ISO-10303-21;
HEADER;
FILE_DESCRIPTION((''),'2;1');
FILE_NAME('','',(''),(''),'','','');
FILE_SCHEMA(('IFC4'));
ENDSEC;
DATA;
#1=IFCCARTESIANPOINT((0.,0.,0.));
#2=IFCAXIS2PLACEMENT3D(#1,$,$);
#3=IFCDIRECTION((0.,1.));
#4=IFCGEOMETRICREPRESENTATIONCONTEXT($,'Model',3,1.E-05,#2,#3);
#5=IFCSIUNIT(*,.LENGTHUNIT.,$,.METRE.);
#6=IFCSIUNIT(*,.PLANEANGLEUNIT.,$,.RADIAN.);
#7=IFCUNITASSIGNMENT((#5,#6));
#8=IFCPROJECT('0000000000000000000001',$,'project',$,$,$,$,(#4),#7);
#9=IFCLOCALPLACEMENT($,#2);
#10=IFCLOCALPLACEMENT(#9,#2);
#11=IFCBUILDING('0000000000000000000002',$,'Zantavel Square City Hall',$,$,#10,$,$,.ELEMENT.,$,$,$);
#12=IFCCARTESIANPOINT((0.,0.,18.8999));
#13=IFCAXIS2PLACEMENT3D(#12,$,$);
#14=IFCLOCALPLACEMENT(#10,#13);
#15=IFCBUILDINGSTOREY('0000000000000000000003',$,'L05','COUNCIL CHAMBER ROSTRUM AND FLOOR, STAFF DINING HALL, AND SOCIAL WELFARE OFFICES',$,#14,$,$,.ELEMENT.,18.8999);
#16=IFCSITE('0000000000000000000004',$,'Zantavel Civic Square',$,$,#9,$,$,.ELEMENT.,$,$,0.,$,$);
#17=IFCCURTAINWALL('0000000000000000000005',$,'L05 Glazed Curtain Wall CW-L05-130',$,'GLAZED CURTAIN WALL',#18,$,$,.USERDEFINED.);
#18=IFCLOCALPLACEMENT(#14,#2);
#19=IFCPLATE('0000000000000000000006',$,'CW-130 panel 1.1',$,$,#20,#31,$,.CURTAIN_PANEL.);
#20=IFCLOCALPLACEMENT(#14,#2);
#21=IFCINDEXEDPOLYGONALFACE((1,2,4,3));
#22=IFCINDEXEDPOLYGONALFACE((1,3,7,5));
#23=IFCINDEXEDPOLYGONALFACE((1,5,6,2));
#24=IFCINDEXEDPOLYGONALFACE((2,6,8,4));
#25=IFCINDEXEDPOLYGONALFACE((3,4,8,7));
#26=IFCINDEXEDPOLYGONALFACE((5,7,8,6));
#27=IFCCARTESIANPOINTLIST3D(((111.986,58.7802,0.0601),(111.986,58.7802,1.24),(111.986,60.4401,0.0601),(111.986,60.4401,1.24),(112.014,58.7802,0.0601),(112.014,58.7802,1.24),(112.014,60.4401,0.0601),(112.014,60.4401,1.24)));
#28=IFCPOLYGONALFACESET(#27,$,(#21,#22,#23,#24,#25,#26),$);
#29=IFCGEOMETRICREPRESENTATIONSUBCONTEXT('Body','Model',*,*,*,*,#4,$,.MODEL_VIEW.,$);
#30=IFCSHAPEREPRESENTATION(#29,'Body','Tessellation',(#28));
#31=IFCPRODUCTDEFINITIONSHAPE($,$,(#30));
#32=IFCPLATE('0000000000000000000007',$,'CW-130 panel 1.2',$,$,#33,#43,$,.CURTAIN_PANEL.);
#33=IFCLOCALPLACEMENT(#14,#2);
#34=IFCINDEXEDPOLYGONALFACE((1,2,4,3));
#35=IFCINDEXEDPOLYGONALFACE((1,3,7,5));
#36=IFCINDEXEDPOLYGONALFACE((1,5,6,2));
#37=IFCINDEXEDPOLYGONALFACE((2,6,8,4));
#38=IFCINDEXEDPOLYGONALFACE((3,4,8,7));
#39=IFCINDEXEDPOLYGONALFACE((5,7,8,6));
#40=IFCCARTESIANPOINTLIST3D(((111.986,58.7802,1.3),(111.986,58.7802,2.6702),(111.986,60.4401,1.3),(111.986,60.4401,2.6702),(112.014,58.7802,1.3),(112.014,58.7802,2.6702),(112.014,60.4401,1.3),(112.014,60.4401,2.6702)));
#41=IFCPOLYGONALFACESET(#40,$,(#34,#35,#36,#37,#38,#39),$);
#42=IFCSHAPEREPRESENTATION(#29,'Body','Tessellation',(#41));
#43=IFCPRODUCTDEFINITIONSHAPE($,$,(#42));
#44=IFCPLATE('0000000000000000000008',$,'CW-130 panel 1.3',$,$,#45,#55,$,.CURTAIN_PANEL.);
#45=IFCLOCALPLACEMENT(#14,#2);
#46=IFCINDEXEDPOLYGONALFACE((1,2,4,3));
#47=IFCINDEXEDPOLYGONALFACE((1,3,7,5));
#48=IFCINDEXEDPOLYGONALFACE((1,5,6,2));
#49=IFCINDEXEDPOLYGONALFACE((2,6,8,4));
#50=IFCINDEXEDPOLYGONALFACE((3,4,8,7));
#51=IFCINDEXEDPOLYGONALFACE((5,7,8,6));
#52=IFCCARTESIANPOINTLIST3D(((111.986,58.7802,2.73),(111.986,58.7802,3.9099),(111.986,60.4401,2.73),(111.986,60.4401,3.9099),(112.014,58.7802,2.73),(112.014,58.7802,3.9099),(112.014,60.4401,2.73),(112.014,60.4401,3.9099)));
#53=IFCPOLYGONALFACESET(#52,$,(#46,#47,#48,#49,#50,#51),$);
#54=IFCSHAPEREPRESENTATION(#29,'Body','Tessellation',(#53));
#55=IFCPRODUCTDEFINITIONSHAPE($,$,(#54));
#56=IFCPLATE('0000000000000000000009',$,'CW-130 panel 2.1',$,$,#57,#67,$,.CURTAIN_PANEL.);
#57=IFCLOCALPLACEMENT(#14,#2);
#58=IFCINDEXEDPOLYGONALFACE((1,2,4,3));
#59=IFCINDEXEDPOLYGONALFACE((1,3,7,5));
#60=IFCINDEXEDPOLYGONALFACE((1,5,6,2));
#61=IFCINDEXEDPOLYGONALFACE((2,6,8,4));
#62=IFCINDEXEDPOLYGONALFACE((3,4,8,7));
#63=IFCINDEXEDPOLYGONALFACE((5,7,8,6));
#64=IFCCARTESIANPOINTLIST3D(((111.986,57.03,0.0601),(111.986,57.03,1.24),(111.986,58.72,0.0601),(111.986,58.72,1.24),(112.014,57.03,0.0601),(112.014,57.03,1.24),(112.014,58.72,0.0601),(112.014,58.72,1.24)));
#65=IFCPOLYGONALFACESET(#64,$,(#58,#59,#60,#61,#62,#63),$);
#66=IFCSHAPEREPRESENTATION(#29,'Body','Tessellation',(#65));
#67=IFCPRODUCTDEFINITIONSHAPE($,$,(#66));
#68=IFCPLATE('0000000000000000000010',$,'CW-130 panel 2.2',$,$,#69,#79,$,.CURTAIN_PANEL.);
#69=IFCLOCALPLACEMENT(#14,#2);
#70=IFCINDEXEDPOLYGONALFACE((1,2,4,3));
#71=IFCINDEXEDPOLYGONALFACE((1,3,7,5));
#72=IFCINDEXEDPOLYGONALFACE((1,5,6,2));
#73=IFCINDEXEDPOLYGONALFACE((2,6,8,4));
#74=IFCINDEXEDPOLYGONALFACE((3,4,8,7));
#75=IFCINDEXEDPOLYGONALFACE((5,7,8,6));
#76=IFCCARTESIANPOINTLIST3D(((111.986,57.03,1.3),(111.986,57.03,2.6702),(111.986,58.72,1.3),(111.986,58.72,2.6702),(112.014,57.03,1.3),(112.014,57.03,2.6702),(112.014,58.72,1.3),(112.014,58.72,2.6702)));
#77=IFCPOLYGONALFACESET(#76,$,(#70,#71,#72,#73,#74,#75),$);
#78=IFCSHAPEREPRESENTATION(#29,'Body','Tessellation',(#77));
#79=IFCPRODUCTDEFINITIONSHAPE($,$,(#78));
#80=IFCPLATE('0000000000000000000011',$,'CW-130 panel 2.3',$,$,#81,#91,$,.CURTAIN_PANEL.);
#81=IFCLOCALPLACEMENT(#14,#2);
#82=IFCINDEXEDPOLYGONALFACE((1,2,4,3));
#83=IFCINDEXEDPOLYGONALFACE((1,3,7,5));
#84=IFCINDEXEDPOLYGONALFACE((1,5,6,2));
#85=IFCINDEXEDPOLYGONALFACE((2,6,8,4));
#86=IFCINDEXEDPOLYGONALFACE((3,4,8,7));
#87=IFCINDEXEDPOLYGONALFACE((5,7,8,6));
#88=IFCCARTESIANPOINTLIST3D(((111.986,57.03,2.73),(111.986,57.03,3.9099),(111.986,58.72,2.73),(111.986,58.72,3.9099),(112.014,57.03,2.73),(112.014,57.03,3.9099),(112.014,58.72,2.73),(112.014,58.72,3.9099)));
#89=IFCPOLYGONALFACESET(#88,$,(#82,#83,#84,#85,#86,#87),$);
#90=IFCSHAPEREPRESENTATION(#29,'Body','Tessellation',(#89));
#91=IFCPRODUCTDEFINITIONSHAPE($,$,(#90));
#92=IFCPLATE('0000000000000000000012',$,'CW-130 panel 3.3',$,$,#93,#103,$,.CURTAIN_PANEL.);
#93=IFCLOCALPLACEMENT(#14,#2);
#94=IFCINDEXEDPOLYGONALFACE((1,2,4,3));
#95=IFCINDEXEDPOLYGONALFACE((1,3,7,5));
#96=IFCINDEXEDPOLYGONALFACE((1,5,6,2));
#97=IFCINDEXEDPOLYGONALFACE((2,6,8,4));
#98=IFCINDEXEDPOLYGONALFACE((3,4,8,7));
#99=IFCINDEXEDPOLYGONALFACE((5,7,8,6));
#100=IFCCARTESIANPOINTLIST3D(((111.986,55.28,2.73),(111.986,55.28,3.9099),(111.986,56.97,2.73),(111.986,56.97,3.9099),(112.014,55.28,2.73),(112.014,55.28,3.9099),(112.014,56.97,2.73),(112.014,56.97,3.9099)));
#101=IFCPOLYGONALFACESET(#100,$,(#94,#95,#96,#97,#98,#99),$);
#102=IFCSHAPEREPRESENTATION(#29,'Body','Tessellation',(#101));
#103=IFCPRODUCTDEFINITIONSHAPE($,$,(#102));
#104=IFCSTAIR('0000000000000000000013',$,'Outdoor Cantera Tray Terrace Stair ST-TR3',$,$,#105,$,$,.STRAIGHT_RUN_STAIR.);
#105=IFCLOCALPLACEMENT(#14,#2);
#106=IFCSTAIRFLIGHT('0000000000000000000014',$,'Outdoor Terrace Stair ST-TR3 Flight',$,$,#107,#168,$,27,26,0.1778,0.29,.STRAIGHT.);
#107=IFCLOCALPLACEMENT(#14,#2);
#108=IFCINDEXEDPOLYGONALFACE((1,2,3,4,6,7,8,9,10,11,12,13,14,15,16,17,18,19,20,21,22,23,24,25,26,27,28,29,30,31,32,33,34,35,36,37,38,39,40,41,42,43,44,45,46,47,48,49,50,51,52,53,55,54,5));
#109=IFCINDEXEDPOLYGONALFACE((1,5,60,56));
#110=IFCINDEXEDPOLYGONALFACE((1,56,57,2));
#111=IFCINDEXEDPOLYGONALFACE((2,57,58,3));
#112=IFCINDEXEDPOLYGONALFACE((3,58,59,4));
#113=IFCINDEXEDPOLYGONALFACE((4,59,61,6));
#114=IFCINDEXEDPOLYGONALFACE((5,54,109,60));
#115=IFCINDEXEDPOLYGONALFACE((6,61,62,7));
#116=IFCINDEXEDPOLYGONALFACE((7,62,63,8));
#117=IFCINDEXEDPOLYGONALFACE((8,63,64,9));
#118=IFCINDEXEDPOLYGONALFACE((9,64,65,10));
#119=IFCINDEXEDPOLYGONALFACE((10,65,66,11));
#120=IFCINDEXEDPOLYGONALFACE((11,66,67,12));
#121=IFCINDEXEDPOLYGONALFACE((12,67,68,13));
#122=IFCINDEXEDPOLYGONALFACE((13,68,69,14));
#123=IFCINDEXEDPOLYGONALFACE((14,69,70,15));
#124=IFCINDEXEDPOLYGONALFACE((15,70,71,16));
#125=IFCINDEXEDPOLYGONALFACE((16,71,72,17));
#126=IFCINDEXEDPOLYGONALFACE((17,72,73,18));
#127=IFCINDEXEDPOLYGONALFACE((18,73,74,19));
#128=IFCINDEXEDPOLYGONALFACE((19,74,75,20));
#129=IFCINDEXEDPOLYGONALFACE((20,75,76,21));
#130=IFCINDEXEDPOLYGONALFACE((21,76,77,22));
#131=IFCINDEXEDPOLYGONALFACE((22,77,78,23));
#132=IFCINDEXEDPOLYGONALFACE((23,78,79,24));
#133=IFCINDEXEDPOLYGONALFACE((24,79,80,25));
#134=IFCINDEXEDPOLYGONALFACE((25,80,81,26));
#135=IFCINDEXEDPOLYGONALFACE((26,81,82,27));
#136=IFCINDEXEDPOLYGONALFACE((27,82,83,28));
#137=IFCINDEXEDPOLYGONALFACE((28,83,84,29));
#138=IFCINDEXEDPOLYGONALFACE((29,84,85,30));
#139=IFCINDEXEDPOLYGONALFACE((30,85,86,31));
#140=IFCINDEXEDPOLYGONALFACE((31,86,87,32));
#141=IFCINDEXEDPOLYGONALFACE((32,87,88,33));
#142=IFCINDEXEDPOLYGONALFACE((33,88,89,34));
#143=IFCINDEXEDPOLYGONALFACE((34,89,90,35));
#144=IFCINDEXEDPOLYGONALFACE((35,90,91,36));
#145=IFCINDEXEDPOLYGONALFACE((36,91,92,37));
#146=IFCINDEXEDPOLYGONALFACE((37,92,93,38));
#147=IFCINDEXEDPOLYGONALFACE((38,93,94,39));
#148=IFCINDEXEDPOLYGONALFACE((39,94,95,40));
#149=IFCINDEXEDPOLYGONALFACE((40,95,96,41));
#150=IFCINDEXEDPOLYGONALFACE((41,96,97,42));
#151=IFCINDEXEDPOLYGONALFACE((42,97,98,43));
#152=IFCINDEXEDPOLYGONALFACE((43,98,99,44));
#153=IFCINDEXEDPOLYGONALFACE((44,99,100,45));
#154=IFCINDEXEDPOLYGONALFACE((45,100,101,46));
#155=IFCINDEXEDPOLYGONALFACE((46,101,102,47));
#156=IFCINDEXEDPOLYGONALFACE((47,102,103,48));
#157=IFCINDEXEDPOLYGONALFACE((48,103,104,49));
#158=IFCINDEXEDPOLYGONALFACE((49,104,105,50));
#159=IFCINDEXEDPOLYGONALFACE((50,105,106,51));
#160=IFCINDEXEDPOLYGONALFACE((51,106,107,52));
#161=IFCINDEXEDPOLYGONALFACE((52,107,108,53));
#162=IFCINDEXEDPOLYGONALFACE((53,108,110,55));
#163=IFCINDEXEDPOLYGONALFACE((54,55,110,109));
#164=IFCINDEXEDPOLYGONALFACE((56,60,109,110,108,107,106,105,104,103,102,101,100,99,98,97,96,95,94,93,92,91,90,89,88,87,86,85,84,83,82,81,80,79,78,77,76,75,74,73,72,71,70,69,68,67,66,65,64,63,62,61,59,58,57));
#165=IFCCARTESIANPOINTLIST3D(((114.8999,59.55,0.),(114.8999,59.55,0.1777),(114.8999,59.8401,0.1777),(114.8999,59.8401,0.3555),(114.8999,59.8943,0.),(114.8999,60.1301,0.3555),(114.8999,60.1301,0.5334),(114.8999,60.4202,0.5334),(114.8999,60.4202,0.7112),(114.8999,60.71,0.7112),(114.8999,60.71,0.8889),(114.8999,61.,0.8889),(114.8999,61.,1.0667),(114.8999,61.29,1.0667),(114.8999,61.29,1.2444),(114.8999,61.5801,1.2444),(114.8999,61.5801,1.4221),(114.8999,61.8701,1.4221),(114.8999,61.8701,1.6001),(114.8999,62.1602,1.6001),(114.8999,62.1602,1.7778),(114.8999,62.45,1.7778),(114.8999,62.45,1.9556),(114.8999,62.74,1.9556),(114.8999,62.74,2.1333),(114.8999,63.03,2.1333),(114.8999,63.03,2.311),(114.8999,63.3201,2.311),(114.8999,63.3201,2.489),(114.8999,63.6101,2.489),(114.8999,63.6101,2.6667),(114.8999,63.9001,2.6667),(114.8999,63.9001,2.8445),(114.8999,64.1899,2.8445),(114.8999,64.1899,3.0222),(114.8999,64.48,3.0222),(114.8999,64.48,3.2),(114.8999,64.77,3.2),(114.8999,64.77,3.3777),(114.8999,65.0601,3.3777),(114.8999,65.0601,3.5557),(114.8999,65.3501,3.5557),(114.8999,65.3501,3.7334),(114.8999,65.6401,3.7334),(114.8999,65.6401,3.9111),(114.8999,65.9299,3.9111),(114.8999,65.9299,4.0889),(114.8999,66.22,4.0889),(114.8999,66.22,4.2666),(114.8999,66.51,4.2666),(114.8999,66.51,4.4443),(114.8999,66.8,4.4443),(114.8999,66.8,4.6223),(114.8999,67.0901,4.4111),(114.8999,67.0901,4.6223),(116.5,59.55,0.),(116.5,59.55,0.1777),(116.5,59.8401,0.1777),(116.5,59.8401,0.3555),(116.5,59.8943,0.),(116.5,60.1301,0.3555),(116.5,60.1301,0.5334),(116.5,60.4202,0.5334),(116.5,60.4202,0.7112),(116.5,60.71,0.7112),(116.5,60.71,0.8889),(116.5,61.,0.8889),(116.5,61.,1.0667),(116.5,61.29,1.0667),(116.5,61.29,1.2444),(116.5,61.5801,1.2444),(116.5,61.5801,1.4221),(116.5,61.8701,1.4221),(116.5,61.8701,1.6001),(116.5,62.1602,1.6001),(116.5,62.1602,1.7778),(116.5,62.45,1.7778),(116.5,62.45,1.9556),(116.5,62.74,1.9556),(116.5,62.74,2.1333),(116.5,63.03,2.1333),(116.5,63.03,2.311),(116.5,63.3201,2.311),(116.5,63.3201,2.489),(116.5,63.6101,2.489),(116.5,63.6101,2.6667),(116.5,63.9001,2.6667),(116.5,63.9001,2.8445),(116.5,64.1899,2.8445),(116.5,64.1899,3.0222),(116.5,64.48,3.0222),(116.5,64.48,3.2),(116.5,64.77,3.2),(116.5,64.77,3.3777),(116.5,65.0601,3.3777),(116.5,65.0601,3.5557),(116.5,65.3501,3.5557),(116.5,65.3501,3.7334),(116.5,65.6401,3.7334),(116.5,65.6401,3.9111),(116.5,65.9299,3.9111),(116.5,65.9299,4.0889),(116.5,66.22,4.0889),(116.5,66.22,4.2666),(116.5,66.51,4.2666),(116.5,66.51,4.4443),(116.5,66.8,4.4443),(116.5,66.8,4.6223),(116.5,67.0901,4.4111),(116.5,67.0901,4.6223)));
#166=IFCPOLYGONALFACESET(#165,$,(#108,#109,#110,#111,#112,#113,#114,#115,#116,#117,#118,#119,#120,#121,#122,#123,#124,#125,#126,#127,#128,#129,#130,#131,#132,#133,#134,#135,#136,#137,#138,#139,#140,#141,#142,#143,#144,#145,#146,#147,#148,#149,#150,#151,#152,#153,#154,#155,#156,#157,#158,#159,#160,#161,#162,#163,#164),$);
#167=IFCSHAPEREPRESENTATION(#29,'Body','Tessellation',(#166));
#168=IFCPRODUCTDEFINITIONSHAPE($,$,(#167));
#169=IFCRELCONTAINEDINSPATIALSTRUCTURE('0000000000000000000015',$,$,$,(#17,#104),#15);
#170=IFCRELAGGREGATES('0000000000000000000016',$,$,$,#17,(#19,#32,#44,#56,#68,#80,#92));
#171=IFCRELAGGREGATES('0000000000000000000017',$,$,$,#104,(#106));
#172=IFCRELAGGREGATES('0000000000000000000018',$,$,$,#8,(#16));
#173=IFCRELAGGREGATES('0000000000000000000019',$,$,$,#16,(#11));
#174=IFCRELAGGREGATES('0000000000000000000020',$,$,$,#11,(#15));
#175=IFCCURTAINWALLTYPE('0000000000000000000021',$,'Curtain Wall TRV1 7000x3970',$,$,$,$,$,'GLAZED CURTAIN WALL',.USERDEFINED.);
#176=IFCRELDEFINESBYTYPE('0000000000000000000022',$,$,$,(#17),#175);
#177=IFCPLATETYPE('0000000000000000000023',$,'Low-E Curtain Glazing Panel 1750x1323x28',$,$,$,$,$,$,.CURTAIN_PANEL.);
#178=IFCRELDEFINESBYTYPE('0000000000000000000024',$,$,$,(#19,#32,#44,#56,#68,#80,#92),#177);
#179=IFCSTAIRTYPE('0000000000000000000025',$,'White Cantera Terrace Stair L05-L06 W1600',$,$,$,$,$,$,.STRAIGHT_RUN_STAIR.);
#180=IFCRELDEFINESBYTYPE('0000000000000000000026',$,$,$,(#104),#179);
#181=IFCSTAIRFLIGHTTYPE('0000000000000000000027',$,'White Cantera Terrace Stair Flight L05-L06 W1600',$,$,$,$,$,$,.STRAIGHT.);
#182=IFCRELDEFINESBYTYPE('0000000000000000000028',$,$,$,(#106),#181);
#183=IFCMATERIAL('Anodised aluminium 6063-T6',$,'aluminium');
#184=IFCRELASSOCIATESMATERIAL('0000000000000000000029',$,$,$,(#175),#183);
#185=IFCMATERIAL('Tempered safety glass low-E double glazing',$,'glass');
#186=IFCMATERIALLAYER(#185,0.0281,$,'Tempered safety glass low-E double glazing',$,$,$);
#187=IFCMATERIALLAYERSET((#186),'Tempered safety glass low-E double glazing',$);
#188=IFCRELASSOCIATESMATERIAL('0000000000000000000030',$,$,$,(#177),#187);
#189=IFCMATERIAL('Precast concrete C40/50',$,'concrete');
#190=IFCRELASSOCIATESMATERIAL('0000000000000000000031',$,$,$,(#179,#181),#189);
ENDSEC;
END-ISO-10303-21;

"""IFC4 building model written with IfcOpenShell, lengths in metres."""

from ifc_helpers import new_model, si_unit, direction, frame, origin, origin_2d, place, context, subcontext, project, spatial, polyline, rectangle, outline, extrude, material, layer, layer_set, type_object, element, aggregate, save


model = new_model("IFC4")

# Units and contexts
model_context = context("Model", 3, precision=1e-05, world=origin(), true_north=direction((0.0, 1.0)))
body_context = subcontext(model_context, "Body", "Model", "MODEL_VIEW")
ifc_project = project(units=[si_unit("LENGTHUNIT", "METRE"), si_unit("PLANEANGLEUNIT", "RADIAN")], contexts=[model_context])

# Site, building, storey
site_placement = place(None, origin())
site = spatial("IfcSite", under=ifc_project, at=site_placement, Name="Zantavel Civic Square", CompositionType="ELEMENT", RefElevation=0.0)
building_placement = place(site_placement, origin())
building = spatial("IfcBuilding", under=site, at=building_placement, Name="Zantavel Square City Hall", CompositionType="ELEMENT")
storey_placement = place(building_placement, frame((0.0, 0.0, 18.8999)))
storey = spatial("IfcBuildingStorey", under=building, at=storey_placement, Name="L05", Description="COUNCIL CHAMBER ROSTRUM AND FLOOR, STAFF DINING HALL, AND SOCIAL WELFARE OFFICES", CompositionType="ELEMENT", Elevation=18.8999)

# Shared definitions
ifc_material_1 = material(Name="Anodised aluminium 6063-T6", Category="aluminium")
curtain_wall_type = type_object("IfcCurtainWallType", Name="Curtain Wall TRV1 7000x3970", ElementType="GLAZED CURTAIN WALL", PredefinedType="USERDEFINED", material=ifc_material_1)

# Curtain wall
curtain_wall_1_placement = place(storey_placement, origin())
curtain_wall_1 = element("IfcCurtainWall", 1, at=curtain_wall_1_placement, inside=storey, type_object=curtain_wall_type, Name="L05 Glazed Curtain Wall CW-L05-130", ObjectType="GLAZED CURTAIN WALL", PredefinedType="USERDEFINED")

# Plates
ifc_material_2 = material(Name="Tempered safety glass low-E double glazing", Category="glass")
ifc_layer = layer(ifc_material_2, 0.0281, Name="Tempered safety glass low-E double glazing")
ifc_layer_set = layer_set([ifc_layer], Name="Tempered safety glass low-E double glazing")
plate_type = type_object("IfcPlateType", Name="Low-E Curtain Glazing Panel 1750x1323x28", PredefinedType="CURTAIN_PANEL", material=ifc_layer_set)
plate_1_placement = place(storey_placement, frame((112.0, 59.6101, 0.0601), z_axis=(0.0, 0.0, 1.0), x_axis=(0.0, -1.0, 0.0)))
plate_1 = element("IfcPlate", 2, at=plate_1_placement, type_object=plate_type, Name="CW-130 panel 1.1", PredefinedType="CURTAIN_PANEL", context=body_context, shape_type="SweptSolid", body=[
    extrude(rectangle(XDim=1.6599, YDim=0.0281, at=origin_2d()), origin(), (0.0, 0.0, 1.0), 1.1799),
])
plate_2_placement = place(storey_placement, frame((112.0, 59.6101, 1.3), z_axis=(0.0, 0.0, 1.0), x_axis=(0.0, -1.0, 0.0)))
plate_2 = element("IfcPlate", 3, at=plate_2_placement, type_object=plate_type, Name="CW-130 panel 1.2", PredefinedType="CURTAIN_PANEL", context=body_context, shape_type="SweptSolid", body=[
    extrude(rectangle(XDim=1.6599, YDim=0.0281, at=origin_2d()), origin(), (0.0, 0.0, 1.0), 1.3701),
])
plate_3_placement = place(storey_placement, frame((112.0, 59.6101, 2.73), z_axis=(0.0, 0.0, 1.0), x_axis=(0.0, -1.0, 0.0)))
plate_3 = element("IfcPlate", 4, at=plate_3_placement, type_object=plate_type, Name="CW-130 panel 1.3", PredefinedType="CURTAIN_PANEL", context=body_context, shape_type="SweptSolid", body=[
    extrude(rectangle(XDim=1.6599, YDim=0.0281, at=origin_2d()), origin(), (0.0, 0.0, 1.0), 1.1799),
])
plate_4_placement = place(storey_placement, frame((112.0, 57.875, 0.0601), z_axis=(0.0, 0.0, 1.0), x_axis=(0.0, -1.0, 0.0)))
plate_4 = element("IfcPlate", 5, at=plate_4_placement, type_object=plate_type, Name="CW-130 panel 2.1", PredefinedType="CURTAIN_PANEL", context=body_context, shape_type="SweptSolid", body=[
    extrude(rectangle(XDim=1.6899, YDim=0.0281, at=origin_2d()), origin(), (0.0, 0.0, 1.0), 1.1799),
])
plate_5_placement = place(storey_placement, frame((112.0, 57.875, 1.3), z_axis=(0.0, 0.0, 1.0), x_axis=(0.0, -1.0, 0.0)))
plate_5 = element("IfcPlate", 6, at=plate_5_placement, type_object=plate_type, Name="CW-130 panel 2.2", PredefinedType="CURTAIN_PANEL", context=body_context, shape_type="SweptSolid", body=[
    extrude(rectangle(XDim=1.6899, YDim=0.0281, at=origin_2d()), origin(), (0.0, 0.0, 1.0), 1.3701),
])
plate_6_placement = place(storey_placement, frame((112.0, 57.875, 2.73), z_axis=(0.0, 0.0, 1.0), x_axis=(0.0, -1.0, 0.0)))
plate_6 = element("IfcPlate", 7, at=plate_6_placement, type_object=plate_type, Name="CW-130 panel 2.3", PredefinedType="CURTAIN_PANEL", context=body_context, shape_type="SweptSolid", body=[
    extrude(rectangle(XDim=1.6899, YDim=0.0281, at=origin_2d()), origin(), (0.0, 0.0, 1.0), 1.1799),
])
plate_7_placement = place(storey_placement, frame((112.0, 56.125, 2.73), z_axis=(0.0, 0.0, 1.0), x_axis=(0.0, -1.0, 0.0)))
plate_7 = element("IfcPlate", 8, at=plate_7_placement, type_object=plate_type, Name="CW-130 panel 3.3", PredefinedType="CURTAIN_PANEL", context=body_context, shape_type="SweptSolid", body=[
    extrude(rectangle(XDim=1.6899, YDim=0.0281, at=origin_2d()), origin(), (0.0, 0.0, 1.0), 1.1799),
])
aggregate(curtain_wall_1, [plate_1, plate_2, plate_3, plate_4, plate_5, plate_6, plate_7])

# Stair, stair flight
ifc_material_3 = material(Name="Precast concrete C40/50", Category="concrete")
stair_type = type_object("IfcStairType", Name="White Cantera Terrace Stair L05-L06 W1600", PredefinedType="STRAIGHT_RUN_STAIR", material=ifc_material_3)
stair_placement = place(storey_placement, origin())
stair = element("IfcStair", 9, at=stair_placement, inside=storey, type_object=stair_type, Name="Outdoor Cantera Tray Terrace Stair ST-TR3", PredefinedType="STRAIGHT_RUN_STAIR")
stair_flight_type = type_object("IfcStairFlightType", Name="White Cantera Terrace Stair Flight L05-L06 W1600", PredefinedType="STRAIGHT", material=ifc_material_3)
stair_flight_placement = place(storey_placement, frame((115.7, 59.55, 0.0), z_axis=(0.0, 0.0, 1.0), x_axis=(0.0, 1.0, 0.0)))
stair_flight = element("IfcStairFlight", 10, at=stair_flight_placement, type_object=stair_flight_type, Name="Outdoor Terrace Stair ST-TR3 Flight", NumberOfRisers=27, NumberOfTreads=26, PredefinedType="STRAIGHT", RiserHeight=0.1778, TreadLength=0.29, context=body_context, shape_type="SweptSolid", body=[
    extrude(outline(polyline([(0.0, 0.0), (0.0, 0.1777), (0.29, 0.1777), (0.29, 0.3555), (0.5801, 0.3555), (0.5801, 0.5334), (0.8701, 0.5334), (0.8701, 0.7112), (1.1599, 0.7112), (1.1599, 0.8889), (1.45, 0.8889), (1.45, 1.0667), (1.74, 1.0667), (1.74, 1.2444), (2.03, 1.2444), (2.03, 1.4221), (2.3201, 1.4221), (2.3201, 1.6001), (2.6101, 1.6001), (2.6101, 1.7778), (2.8999, 1.7778), (2.8999, 1.9556), (3.1899, 1.9556), (3.1899, 2.1333), (3.48, 2.1333), (3.48, 2.311), (3.77, 2.311), (3.77, 2.489), (4.0601, 2.489), (4.0601, 2.6667), (4.3501, 2.6667), (4.3501, 2.8445), (4.6399, 2.8445), (4.6399, 3.0222), (4.9299, 3.0222), (4.9299, 3.2), (5.22, 3.2), (5.22, 3.3777), (5.51, 3.3777), (5.51, 3.5557), (5.8, 3.5557), (5.8, 3.7334), (6.0901, 3.7334), (6.0901, 3.9111), (6.3799, 3.9111), (6.3799, 4.0889), (6.6699, 4.0889), (6.6699, 4.2666), (6.96, 4.2666), (6.96, 4.4443), (7.25, 4.4443), (7.25, 4.6223), (7.54, 4.6223), (7.54, 4.8), (7.54, 4.4111), (0.3442, 0.0), (0.0, 0.0)])), frame((0.0, 0.8, 0.0), z_axis=(0.0, -1.0, 0.0), x_axis=(1.0, 0.0, 0.0)), (0.0, 0.0, 1.0), 1.6001),
])
aggregate(stair, [stair_flight])

save(model, "model.ifc")
